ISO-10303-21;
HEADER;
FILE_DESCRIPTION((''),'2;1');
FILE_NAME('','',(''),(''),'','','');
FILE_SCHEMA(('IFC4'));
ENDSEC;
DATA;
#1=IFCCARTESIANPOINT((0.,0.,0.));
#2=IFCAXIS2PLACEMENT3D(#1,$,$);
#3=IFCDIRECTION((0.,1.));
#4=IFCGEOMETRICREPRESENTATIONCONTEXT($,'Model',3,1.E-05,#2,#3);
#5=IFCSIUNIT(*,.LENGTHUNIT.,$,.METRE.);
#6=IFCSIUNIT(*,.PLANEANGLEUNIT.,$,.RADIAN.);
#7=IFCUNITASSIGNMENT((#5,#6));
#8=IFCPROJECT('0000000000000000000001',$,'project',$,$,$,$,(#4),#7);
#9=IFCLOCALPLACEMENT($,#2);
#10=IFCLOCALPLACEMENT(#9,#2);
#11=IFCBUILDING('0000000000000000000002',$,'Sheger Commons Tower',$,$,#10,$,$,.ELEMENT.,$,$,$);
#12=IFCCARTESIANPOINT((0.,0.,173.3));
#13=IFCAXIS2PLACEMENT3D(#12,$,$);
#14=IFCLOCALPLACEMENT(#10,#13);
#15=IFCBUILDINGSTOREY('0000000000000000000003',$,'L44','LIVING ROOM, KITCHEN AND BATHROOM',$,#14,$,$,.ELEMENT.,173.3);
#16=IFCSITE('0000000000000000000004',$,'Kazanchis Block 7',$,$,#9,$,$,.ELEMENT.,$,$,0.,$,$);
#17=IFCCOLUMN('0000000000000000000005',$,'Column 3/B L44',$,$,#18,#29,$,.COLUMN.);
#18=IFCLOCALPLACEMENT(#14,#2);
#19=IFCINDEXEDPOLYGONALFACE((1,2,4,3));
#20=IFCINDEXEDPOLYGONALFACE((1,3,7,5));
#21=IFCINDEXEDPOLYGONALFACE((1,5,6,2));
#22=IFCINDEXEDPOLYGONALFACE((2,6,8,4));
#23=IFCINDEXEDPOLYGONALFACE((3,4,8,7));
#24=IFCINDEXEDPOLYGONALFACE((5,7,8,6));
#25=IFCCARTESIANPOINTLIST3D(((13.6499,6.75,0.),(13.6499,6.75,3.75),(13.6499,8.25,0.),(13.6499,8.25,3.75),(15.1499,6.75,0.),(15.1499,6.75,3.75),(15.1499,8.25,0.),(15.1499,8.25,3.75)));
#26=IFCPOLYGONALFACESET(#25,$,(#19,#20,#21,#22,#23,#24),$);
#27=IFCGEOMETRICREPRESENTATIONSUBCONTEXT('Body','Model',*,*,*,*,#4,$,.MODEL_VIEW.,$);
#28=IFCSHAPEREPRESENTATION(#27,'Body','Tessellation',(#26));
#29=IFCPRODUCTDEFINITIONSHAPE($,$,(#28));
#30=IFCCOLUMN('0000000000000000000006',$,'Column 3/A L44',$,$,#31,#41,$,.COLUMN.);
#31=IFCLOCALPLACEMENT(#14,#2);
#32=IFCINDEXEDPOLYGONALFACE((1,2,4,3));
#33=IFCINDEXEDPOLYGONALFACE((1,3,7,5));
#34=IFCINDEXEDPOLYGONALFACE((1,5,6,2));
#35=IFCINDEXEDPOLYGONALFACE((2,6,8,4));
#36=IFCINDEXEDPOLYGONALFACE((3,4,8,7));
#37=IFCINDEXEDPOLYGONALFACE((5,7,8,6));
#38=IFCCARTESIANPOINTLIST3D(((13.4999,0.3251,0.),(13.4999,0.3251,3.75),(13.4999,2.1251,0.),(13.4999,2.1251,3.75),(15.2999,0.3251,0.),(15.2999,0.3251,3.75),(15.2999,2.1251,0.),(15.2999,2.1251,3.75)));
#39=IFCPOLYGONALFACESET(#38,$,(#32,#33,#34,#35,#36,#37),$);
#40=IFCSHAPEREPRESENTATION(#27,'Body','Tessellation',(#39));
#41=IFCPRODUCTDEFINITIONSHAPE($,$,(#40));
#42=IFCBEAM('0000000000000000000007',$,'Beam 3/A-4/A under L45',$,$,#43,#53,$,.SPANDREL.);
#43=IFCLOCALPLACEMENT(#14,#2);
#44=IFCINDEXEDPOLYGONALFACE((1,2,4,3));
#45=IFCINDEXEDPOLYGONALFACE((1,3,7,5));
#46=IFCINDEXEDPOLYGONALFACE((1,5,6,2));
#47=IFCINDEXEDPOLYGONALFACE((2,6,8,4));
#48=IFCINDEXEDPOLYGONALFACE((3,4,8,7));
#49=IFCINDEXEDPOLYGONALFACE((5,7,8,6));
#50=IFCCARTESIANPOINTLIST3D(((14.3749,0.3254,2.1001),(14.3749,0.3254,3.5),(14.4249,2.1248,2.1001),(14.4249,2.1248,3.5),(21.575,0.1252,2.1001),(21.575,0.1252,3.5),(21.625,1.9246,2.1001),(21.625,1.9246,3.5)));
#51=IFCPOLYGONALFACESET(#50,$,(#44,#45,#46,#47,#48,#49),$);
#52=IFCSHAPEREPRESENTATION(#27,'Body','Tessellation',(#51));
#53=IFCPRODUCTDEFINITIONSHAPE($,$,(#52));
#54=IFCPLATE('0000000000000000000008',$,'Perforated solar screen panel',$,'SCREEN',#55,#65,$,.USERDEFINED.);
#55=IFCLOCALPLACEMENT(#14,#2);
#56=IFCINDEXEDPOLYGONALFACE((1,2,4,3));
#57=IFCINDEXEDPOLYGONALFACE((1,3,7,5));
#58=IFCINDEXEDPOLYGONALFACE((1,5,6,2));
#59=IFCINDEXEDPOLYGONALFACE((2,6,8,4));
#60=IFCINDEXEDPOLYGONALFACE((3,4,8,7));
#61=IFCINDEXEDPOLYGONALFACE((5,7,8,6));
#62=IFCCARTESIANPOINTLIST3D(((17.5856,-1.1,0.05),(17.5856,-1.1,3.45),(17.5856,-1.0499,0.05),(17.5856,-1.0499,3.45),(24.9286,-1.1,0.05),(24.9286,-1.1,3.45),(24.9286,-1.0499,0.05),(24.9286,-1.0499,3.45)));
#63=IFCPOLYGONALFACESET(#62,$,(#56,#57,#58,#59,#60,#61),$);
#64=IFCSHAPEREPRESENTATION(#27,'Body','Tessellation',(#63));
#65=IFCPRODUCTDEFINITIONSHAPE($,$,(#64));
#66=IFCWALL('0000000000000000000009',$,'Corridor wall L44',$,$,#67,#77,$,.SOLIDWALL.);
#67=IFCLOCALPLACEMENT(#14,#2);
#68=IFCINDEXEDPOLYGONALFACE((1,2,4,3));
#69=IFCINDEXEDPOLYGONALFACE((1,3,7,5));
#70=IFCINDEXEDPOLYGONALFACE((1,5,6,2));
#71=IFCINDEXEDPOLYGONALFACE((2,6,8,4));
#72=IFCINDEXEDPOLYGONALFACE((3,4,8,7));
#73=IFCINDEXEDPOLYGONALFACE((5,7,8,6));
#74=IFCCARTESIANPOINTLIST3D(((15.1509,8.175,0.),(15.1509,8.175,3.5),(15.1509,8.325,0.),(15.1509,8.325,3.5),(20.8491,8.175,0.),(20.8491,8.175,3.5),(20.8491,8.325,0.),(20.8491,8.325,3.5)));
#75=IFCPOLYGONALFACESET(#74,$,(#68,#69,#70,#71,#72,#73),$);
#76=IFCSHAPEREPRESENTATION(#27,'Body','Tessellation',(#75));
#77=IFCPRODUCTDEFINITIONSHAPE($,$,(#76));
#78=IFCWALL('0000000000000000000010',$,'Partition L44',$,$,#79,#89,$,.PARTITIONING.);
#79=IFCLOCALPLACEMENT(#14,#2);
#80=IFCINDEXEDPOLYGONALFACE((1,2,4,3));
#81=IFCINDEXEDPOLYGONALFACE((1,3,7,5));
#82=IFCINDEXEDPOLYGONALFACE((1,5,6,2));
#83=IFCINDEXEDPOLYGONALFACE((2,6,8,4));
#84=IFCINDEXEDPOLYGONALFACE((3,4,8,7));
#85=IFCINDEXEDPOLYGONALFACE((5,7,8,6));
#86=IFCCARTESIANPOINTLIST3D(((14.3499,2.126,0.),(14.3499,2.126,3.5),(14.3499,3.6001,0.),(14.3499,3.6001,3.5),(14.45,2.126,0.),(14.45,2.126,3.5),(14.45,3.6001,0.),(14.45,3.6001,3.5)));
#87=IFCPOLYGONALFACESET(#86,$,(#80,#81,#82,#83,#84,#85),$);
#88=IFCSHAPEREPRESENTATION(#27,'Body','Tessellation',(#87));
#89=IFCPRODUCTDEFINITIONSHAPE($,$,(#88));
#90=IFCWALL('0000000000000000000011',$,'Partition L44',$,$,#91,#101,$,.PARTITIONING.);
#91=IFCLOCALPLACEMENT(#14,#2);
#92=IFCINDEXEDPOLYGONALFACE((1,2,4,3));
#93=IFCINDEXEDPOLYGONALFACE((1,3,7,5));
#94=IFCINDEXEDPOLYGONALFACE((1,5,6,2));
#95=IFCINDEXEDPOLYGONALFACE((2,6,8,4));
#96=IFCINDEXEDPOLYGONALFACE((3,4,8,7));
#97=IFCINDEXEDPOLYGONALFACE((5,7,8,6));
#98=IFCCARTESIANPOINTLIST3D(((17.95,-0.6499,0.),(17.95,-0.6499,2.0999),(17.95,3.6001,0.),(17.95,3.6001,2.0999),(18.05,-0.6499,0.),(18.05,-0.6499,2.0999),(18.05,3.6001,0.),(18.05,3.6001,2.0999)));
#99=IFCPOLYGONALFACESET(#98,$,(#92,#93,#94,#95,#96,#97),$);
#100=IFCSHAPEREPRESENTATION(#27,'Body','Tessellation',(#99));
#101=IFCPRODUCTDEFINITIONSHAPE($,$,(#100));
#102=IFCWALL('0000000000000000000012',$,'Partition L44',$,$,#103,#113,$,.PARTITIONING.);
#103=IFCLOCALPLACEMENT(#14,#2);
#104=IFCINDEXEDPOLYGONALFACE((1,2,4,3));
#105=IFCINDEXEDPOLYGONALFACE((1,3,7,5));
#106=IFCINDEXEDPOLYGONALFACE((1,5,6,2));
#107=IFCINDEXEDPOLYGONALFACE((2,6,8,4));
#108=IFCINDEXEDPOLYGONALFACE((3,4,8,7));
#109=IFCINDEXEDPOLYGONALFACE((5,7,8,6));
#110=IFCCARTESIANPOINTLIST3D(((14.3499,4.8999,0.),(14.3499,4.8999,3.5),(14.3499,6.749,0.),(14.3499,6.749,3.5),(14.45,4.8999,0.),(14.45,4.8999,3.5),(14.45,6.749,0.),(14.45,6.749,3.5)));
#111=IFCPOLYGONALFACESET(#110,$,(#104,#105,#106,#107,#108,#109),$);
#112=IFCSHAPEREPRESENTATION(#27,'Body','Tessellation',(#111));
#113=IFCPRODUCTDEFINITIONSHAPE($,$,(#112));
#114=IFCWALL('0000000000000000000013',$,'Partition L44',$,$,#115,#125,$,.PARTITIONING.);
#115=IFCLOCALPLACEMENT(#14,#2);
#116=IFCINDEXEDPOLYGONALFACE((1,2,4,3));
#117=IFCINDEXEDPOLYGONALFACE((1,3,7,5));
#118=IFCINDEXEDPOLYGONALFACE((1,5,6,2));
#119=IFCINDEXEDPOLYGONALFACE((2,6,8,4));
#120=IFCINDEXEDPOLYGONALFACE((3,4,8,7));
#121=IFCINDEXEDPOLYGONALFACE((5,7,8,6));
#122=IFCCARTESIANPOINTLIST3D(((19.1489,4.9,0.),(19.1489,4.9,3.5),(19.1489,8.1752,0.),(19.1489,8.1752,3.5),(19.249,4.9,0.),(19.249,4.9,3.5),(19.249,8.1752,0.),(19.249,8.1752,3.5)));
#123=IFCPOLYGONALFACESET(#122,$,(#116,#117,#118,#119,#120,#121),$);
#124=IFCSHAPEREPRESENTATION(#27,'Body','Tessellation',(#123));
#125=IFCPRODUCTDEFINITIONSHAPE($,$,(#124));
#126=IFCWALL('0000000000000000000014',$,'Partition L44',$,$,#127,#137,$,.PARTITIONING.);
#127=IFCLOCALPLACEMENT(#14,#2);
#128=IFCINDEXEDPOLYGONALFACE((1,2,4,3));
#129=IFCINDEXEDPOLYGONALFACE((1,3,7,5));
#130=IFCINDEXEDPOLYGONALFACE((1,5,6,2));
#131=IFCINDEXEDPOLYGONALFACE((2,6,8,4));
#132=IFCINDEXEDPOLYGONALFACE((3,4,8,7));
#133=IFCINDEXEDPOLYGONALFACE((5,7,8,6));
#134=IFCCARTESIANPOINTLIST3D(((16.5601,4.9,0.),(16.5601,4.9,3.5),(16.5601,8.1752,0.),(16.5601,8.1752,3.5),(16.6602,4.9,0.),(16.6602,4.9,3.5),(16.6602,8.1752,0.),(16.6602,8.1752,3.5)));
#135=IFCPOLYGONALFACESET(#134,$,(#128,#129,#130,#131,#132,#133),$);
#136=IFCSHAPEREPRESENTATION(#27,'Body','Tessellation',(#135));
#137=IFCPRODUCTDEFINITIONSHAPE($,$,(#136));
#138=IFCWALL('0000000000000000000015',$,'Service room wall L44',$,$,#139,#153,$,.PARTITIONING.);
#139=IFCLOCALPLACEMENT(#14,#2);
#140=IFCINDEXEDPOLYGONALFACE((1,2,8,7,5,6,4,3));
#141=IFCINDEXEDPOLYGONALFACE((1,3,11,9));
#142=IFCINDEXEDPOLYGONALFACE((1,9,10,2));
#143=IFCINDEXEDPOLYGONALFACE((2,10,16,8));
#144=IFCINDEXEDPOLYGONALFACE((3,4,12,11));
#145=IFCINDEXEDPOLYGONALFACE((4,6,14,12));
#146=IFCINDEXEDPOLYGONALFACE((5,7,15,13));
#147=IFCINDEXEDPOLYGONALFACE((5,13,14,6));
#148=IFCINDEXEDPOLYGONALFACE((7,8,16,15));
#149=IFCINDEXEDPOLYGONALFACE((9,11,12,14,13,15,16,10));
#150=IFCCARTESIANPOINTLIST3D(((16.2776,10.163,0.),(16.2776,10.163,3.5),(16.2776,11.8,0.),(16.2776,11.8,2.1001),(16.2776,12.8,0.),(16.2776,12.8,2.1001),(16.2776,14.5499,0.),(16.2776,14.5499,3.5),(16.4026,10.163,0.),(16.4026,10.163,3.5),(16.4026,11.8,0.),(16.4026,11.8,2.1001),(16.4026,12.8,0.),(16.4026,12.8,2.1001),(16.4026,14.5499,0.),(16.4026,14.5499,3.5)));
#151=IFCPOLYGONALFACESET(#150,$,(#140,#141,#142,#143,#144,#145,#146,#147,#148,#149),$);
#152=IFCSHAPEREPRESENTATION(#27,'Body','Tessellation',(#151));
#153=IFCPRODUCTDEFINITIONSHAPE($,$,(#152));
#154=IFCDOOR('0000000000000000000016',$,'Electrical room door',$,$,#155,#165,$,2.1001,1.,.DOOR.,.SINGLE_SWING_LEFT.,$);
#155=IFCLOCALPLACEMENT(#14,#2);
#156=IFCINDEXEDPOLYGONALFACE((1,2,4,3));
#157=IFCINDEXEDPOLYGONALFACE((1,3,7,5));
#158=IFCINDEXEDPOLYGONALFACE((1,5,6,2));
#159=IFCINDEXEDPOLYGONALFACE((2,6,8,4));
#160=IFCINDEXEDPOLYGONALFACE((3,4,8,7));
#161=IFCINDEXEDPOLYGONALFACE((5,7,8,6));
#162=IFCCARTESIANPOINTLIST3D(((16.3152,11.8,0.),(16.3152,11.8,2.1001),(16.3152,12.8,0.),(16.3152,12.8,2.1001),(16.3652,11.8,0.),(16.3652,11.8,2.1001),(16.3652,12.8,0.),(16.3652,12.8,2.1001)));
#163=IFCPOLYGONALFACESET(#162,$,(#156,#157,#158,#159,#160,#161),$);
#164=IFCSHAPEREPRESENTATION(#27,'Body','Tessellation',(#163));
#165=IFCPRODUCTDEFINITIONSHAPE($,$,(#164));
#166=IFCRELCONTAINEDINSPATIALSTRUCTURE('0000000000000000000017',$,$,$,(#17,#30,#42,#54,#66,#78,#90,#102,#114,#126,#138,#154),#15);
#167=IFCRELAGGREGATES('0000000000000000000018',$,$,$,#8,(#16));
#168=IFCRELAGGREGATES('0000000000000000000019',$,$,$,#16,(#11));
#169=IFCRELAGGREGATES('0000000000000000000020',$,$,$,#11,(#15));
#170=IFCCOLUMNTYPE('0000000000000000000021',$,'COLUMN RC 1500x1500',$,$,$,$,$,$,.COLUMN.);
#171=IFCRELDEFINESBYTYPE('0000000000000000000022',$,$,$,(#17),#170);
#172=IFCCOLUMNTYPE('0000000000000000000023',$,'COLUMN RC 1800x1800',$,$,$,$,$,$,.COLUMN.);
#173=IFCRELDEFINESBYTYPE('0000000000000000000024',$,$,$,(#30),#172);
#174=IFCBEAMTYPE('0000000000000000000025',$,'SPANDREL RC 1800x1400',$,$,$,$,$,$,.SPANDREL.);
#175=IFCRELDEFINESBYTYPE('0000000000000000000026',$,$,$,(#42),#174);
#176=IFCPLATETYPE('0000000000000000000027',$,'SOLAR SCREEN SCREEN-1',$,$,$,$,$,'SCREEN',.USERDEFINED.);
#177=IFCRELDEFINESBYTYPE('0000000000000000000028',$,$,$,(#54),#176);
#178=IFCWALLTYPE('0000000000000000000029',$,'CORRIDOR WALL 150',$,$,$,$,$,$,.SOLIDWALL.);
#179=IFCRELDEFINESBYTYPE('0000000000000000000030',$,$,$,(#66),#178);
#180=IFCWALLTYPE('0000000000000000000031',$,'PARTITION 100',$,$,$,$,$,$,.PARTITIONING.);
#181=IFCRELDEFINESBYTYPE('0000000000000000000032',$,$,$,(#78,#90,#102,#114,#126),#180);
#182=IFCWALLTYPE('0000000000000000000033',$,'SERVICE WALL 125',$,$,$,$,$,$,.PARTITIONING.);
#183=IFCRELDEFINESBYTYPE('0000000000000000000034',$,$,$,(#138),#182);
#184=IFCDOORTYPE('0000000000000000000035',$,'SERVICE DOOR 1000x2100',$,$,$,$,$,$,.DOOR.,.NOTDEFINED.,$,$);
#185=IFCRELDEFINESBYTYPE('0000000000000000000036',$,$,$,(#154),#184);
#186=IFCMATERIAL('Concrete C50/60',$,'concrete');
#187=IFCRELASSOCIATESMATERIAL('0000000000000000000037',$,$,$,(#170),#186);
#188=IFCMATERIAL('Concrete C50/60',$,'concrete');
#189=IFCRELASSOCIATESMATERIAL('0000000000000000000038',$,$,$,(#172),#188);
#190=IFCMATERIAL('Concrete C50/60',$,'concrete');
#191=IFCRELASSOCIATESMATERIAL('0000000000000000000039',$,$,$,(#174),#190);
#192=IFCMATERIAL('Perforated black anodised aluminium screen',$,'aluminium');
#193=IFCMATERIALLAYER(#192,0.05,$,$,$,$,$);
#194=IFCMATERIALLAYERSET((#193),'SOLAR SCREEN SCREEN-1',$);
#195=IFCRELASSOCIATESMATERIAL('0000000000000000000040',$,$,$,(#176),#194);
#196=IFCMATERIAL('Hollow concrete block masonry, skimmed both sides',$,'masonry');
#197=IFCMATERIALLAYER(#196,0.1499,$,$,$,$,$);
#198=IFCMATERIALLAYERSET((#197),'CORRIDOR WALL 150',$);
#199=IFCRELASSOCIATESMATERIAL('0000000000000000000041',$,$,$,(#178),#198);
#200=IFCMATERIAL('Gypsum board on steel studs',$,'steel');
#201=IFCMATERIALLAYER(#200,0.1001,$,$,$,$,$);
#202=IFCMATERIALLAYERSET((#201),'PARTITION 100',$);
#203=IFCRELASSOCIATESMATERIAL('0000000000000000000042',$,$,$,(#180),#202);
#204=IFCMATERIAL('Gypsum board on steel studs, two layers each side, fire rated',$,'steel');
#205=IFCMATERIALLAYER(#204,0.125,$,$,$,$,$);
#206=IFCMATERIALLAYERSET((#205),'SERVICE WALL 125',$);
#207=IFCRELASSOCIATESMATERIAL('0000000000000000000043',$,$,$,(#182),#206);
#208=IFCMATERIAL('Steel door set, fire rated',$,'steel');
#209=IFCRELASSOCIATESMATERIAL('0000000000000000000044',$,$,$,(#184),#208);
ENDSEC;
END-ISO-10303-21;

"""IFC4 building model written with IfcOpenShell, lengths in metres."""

from ifc_helpers import new_model, si_unit, direction, frame, frame_2d, origin, origin_2d, place, context, subcontext, project, spatial, rectangle, extrude, material, layer, layer_set, material_profile, profile_set, type_object, element, fill, save


model = new_model("IFC4")

# Units and contexts
model_context = context("Model", 3, precision=1e-05, world=origin(), true_north=direction((0.0, 1.0)))
body_context = subcontext(model_context, "Body", "Model", "MODEL_VIEW")
ifc_project = project(units=[si_unit("LENGTHUNIT", "METRE"), si_unit("PLANEANGLEUNIT", "RADIAN")], contexts=[model_context])

# Site, building, storey
site_placement = place(None, origin())
site = spatial("IfcSite", under=ifc_project, at=site_placement, Name="Kazanchis Block 7", CompositionType="ELEMENT", RefElevation=0.0)
building_placement = place(site_placement, origin())
building = spatial("IfcBuilding", under=site, at=building_placement, Name="Sheger Commons Tower", CompositionType="ELEMENT")
storey_placement = place(building_placement, frame((0.0, 0.0, 173.3)))
storey = spatial("IfcBuildingStorey", under=building, at=storey_placement, Name="L44", Description="LIVING ROOM, KITCHEN AND BATHROOM", CompositionType="ELEMENT", Elevation=173.3)

# Columns
ifc_material_1 = material(Name="Concrete C50/60", Category="concrete")
ifc_material_profile_1 = material_profile(ifc_material_1, rectangle(XDim=1.5, YDim=1.5, at=origin_2d()), Name="RC 1500x1500")
ifc_profile_set_1 = profile_set([ifc_material_profile_1], Name="Concrete C50/60")
column_type_1 = type_object("IfcColumnType", Name="COLUMN RC 1500x1500", PredefinedType="COLUMN", material=ifc_profile_set_1)
column_1_placement = place(storey_placement, frame((14.3999, 7.5, 0.0), z_axis=(0.0, 0.0, 1.0), x_axis=(1.0, 0.0, 0.0)))
element("IfcColumn", 1, at=column_1_placement, inside=storey, type_object=column_type_1, Name="Column 3/B L44", PredefinedType="COLUMN", context=body_context, shape_type="SweptSolid", body=[
    extrude(rectangle(XDim=1.5, YDim=1.5, at=origin_2d()), origin(), (0.0, 0.0, 1.0), 3.75),
])
ifc_material_2 = material(Name="Concrete C50/60", Category="concrete")
ifc_material_profile_2 = material_profile(ifc_material_2, rectangle(XDim=1.8, YDim=1.8, at=origin_2d()), Name="RC 1800x1800")
ifc_profile_set_2 = profile_set([ifc_material_profile_2], Name="Concrete C50/60")
column_type_2 = type_object("IfcColumnType", Name="COLUMN RC 1800x1800", PredefinedType="COLUMN", material=ifc_profile_set_2)
column_2_placement = place(storey_placement, frame((14.3999, 1.2251, 0.0), z_axis=(0.0, 0.0, 1.0), x_axis=(1.0, 0.0, 0.0)))
element("IfcColumn", 2, at=column_2_placement, inside=storey, type_object=column_type_2, Name="Column 3/A L44", PredefinedType="COLUMN", context=body_context, shape_type="SweptSolid", body=[
    extrude(rectangle(XDim=1.8, YDim=1.8, at=origin_2d()), origin(), (0.0, 0.0, 1.0), 3.75),
])

# Beam
ifc_material_3 = material(Name="Concrete C50/60", Category="concrete")
ifc_material_profile_3 = material_profile(ifc_material_3, rectangle(XDim=1.8, YDim=1.3999, at=origin_2d()), Name="RC 1800x1400")
ifc_profile_set_3 = profile_set([ifc_material_profile_3], Name="Concrete C50/60")
beam_type = type_object("IfcBeamType", Name="SPANDREL RC 1800x1400", PredefinedType="SPANDREL", material=ifc_profile_set_3)
beam_placement = place(storey_placement, frame((14.3999, 1.2251, 2.8), z_axis=(0.999614, -0.027793, 0.0), x_axis=(0.027793, 0.999614, 0.0)))
element("IfcBeam", 3, at=beam_placement, inside=storey, type_object=beam_type, Name="Beam 3/A-4/A under L45", PredefinedType="SPANDREL", context=body_context, shape_type="SweptSolid", body=[
    extrude(rectangle(XDim=1.8, YDim=1.3999, at=origin_2d()), origin(), (0.0, 0.0, 1.0), 7.2029),
])

# Plate
ifc_material_4 = material(Name="Perforated black anodised aluminium screen", Category="aluminium")
ifc_layer_1 = layer(ifc_material_4, 0.05)
ifc_layer_set_1 = layer_set([ifc_layer_1], Name="SOLAR SCREEN SCREEN-1")
plate_type = type_object("IfcPlateType", Name="SOLAR SCREEN SCREEN-1", ElementType="SCREEN", PredefinedType="USERDEFINED", material=ifc_layer_set_1)
plate_placement = place(storey_placement, frame((21.2571, -1.075, 0.05), z_axis=(0.0, 0.0, 1.0), x_axis=(1.0, 0.0, 0.0)))
element("IfcPlate", 4, at=plate_placement, inside=storey, type_object=plate_type, Name="Perforated solar screen panel", ObjectType="SCREEN", PredefinedType="USERDEFINED", context=body_context, shape_type="SweptSolid", body=[
    extrude(rectangle(XDim=7.343, YDim=0.05, at=origin_2d()), origin(), (0.0, 0.0, 1.0), 3.3999),
])

# Walls
ifc_material_5 = material(Name="Hollow concrete block masonry, skimmed both sides", Category="masonry")
ifc_layer_2 = layer(ifc_material_5, 0.1499)
ifc_layer_set_2 = layer_set([ifc_layer_2], Name="CORRIDOR WALL 150")
wall_type_1 = type_object("IfcWallType", Name="CORRIDOR WALL 150", PredefinedType="SOLIDWALL", material=ifc_layer_set_2)
wall_1_placement = place(storey_placement, frame((20.8491, 8.25, 0.0), z_axis=(0.0, 0.0, 1.0), x_axis=(-1.0, 0.0, 0.0)))
element("IfcWall", 5, at=wall_1_placement, inside=storey, type_object=wall_type_1, Name="Corridor wall L44", PredefinedType="SOLIDWALL", context=body_context, shape_type="SweptSolid", body=[
    extrude(rectangle(XDim=5.6982, YDim=0.1499, at=frame_2d((2.8491, 0.0))), origin(), (0.0, 0.0, 1.0), 3.5),
])
ifc_material_6 = material(Name="Gypsum board on steel studs", Category="steel")
ifc_layer_3 = layer(ifc_material_6, 0.1001)
ifc_layer_set_3 = layer_set([ifc_layer_3], Name="PARTITION 100")
wall_type_2 = type_object("IfcWallType", Name="PARTITION 100", PredefinedType="PARTITIONING", material=ifc_layer_set_3)
wall_2_placement = place(storey_placement, frame((14.3999, 2.126, 0.0), z_axis=(0.0, 0.0, 1.0), x_axis=(0.0, 1.0, 0.0)))
element("IfcWall", 6, at=wall_2_placement, inside=storey, type_object=wall_type_2, Name="Partition L44", PredefinedType="PARTITIONING", context=body_context, shape_type="SweptSolid", body=[
    extrude(rectangle(XDim=1.4741, YDim=0.1001, at=frame_2d((0.7371, 0.0))), origin(), (0.0, 0.0, 1.0), 3.5),
])
wall_3_placement = place(storey_placement, frame((18.0, -0.6499, 0.0), z_axis=(0.0, 0.0, 1.0), x_axis=(0.0, 1.0, 0.0)))
element("IfcWall", 7, at=wall_3_placement, inside=storey, type_object=wall_type_2, Name="Partition L44", PredefinedType="PARTITIONING", context=body_context, shape_type="SweptSolid", body=[
    extrude(rectangle(XDim=4.25, YDim=0.1001, at=frame_2d((2.125, 0.0))), origin(), (0.0, 0.0, 1.0), 2.0999),
])
wall_4_placement = place(storey_placement, frame((14.3999, 4.8999, 0.0), z_axis=(0.0, 0.0, 1.0), x_axis=(0.0, 1.0, 0.0)))
element("IfcWall", 8, at=wall_4_placement, inside=storey, type_object=wall_type_2, Name="Partition L44", PredefinedType="PARTITIONING", context=body_context, shape_type="SweptSolid", body=[
    extrude(rectangle(XDim=1.8491, YDim=0.1001, at=frame_2d((0.9246, 0.0))), origin(), (0.0, 0.0, 1.0), 3.5),
])
for number, where, z_axis, x_axis, name in (
    (9, (19.199, 4.8999, 0.0), (0.0, 0.0, 1.0), (0.0, 1.0, 0.0), "Partition L44"),
    (10, (16.6101, 4.8999, 0.0), (0.0, 0.0, 1.0), (0.0, 1.0, 0.0), "Partition L44"),
):
    element("IfcWall", number, at=place(storey_placement, frame(where, z_axis=z_axis, x_axis=x_axis)), inside=storey, type_object=wall_type_2, Name=name, PredefinedType="PARTITIONING", context=body_context, shape_type="SweptSolid", body=[
        extrude(rectangle(XDim=3.2751, YDim=0.1001, at=frame_2d((1.6377, 0.0))), origin(), (0.0, 0.0, 1.0), 3.5),
    ])

# Wall, opening, door
ifc_material_7 = material(Name="Gypsum board on steel studs, two layers each side, fire rated", Category="steel")
ifc_layer_4 = layer(ifc_material_7, 0.125)
ifc_layer_set_4 = layer_set([ifc_layer_4], Name="SERVICE WALL 125")
wall_type_3 = type_object("IfcWallType", Name="SERVICE WALL 125", PredefinedType="PARTITIONING", material=ifc_layer_set_4)
wall_5_placement = place(storey_placement, frame((16.3401, 10.1631, 0.0), z_axis=(0.0, 0.0, 1.0), x_axis=(0.0, 1.0, 0.0)))
wall_5 = element("IfcWall", 11, at=wall_5_placement, inside=storey, type_object=wall_type_3, Name="Service room wall L44", PredefinedType="PARTITIONING", context=body_context, shape_type="SweptSolid", body=[
    extrude(rectangle(XDim=4.387, YDim=0.125, at=frame_2d((2.1934, 0.0))), origin(), (0.0, 0.0, 1.0), 3.5),
])
opening_1_placement = place(wall_5_placement, frame((1.637, 0.0, 0.0)))
opening_1 = element("IfcOpeningElement", 12, at=opening_1_placement, cuts=wall_5, PredefinedType="OPENING", context=body_context, shape_type="SweptSolid", body=[
    extrude(rectangle(XDim=1.0, YDim=2.1001, at=frame_2d((0.5, 1.05))), frame((0.0, 0.0725, 0.0), z_axis=(0.0, -1.0, 0.0), x_axis=(1.0, 0.0, 0.0)), (0.0, 0.0, 1.0), 0.145),
])
ifc_material_8 = material(Name="Steel door set, fire rated", Category="steel")
door_type_1 = type_object("IfcDoorType", Name="SERVICE DOOR 1000x2100", OperationType="NOTDEFINED", PredefinedType="DOOR", material=ifc_material_8)
door_1_placement = place(opening_1_placement, origin())
door_1 = element("IfcDoor", 13, at=door_1_placement, inside=storey, type_object=door_type_1, Name="Electrical room door", OperationType="SINGLE_SWING_LEFT", OverallHeight=2.1001, OverallWidth=1.0, PredefinedType="DOOR", context=body_context, shape_type="SweptSolid", body=[
    extrude(rectangle(XDim=1.0, YDim=2.1001, at=frame_2d((0.5, 1.05))), frame((0.0, 0.0249, 0.0), z_axis=(0.0, -1.0, 0.0), x_axis=(1.0, 0.0, 0.0)), (0.0, 0.0, 1.0), 0.05),
])
fill(opening_1, door_1)

save(model, "model.ifc")
